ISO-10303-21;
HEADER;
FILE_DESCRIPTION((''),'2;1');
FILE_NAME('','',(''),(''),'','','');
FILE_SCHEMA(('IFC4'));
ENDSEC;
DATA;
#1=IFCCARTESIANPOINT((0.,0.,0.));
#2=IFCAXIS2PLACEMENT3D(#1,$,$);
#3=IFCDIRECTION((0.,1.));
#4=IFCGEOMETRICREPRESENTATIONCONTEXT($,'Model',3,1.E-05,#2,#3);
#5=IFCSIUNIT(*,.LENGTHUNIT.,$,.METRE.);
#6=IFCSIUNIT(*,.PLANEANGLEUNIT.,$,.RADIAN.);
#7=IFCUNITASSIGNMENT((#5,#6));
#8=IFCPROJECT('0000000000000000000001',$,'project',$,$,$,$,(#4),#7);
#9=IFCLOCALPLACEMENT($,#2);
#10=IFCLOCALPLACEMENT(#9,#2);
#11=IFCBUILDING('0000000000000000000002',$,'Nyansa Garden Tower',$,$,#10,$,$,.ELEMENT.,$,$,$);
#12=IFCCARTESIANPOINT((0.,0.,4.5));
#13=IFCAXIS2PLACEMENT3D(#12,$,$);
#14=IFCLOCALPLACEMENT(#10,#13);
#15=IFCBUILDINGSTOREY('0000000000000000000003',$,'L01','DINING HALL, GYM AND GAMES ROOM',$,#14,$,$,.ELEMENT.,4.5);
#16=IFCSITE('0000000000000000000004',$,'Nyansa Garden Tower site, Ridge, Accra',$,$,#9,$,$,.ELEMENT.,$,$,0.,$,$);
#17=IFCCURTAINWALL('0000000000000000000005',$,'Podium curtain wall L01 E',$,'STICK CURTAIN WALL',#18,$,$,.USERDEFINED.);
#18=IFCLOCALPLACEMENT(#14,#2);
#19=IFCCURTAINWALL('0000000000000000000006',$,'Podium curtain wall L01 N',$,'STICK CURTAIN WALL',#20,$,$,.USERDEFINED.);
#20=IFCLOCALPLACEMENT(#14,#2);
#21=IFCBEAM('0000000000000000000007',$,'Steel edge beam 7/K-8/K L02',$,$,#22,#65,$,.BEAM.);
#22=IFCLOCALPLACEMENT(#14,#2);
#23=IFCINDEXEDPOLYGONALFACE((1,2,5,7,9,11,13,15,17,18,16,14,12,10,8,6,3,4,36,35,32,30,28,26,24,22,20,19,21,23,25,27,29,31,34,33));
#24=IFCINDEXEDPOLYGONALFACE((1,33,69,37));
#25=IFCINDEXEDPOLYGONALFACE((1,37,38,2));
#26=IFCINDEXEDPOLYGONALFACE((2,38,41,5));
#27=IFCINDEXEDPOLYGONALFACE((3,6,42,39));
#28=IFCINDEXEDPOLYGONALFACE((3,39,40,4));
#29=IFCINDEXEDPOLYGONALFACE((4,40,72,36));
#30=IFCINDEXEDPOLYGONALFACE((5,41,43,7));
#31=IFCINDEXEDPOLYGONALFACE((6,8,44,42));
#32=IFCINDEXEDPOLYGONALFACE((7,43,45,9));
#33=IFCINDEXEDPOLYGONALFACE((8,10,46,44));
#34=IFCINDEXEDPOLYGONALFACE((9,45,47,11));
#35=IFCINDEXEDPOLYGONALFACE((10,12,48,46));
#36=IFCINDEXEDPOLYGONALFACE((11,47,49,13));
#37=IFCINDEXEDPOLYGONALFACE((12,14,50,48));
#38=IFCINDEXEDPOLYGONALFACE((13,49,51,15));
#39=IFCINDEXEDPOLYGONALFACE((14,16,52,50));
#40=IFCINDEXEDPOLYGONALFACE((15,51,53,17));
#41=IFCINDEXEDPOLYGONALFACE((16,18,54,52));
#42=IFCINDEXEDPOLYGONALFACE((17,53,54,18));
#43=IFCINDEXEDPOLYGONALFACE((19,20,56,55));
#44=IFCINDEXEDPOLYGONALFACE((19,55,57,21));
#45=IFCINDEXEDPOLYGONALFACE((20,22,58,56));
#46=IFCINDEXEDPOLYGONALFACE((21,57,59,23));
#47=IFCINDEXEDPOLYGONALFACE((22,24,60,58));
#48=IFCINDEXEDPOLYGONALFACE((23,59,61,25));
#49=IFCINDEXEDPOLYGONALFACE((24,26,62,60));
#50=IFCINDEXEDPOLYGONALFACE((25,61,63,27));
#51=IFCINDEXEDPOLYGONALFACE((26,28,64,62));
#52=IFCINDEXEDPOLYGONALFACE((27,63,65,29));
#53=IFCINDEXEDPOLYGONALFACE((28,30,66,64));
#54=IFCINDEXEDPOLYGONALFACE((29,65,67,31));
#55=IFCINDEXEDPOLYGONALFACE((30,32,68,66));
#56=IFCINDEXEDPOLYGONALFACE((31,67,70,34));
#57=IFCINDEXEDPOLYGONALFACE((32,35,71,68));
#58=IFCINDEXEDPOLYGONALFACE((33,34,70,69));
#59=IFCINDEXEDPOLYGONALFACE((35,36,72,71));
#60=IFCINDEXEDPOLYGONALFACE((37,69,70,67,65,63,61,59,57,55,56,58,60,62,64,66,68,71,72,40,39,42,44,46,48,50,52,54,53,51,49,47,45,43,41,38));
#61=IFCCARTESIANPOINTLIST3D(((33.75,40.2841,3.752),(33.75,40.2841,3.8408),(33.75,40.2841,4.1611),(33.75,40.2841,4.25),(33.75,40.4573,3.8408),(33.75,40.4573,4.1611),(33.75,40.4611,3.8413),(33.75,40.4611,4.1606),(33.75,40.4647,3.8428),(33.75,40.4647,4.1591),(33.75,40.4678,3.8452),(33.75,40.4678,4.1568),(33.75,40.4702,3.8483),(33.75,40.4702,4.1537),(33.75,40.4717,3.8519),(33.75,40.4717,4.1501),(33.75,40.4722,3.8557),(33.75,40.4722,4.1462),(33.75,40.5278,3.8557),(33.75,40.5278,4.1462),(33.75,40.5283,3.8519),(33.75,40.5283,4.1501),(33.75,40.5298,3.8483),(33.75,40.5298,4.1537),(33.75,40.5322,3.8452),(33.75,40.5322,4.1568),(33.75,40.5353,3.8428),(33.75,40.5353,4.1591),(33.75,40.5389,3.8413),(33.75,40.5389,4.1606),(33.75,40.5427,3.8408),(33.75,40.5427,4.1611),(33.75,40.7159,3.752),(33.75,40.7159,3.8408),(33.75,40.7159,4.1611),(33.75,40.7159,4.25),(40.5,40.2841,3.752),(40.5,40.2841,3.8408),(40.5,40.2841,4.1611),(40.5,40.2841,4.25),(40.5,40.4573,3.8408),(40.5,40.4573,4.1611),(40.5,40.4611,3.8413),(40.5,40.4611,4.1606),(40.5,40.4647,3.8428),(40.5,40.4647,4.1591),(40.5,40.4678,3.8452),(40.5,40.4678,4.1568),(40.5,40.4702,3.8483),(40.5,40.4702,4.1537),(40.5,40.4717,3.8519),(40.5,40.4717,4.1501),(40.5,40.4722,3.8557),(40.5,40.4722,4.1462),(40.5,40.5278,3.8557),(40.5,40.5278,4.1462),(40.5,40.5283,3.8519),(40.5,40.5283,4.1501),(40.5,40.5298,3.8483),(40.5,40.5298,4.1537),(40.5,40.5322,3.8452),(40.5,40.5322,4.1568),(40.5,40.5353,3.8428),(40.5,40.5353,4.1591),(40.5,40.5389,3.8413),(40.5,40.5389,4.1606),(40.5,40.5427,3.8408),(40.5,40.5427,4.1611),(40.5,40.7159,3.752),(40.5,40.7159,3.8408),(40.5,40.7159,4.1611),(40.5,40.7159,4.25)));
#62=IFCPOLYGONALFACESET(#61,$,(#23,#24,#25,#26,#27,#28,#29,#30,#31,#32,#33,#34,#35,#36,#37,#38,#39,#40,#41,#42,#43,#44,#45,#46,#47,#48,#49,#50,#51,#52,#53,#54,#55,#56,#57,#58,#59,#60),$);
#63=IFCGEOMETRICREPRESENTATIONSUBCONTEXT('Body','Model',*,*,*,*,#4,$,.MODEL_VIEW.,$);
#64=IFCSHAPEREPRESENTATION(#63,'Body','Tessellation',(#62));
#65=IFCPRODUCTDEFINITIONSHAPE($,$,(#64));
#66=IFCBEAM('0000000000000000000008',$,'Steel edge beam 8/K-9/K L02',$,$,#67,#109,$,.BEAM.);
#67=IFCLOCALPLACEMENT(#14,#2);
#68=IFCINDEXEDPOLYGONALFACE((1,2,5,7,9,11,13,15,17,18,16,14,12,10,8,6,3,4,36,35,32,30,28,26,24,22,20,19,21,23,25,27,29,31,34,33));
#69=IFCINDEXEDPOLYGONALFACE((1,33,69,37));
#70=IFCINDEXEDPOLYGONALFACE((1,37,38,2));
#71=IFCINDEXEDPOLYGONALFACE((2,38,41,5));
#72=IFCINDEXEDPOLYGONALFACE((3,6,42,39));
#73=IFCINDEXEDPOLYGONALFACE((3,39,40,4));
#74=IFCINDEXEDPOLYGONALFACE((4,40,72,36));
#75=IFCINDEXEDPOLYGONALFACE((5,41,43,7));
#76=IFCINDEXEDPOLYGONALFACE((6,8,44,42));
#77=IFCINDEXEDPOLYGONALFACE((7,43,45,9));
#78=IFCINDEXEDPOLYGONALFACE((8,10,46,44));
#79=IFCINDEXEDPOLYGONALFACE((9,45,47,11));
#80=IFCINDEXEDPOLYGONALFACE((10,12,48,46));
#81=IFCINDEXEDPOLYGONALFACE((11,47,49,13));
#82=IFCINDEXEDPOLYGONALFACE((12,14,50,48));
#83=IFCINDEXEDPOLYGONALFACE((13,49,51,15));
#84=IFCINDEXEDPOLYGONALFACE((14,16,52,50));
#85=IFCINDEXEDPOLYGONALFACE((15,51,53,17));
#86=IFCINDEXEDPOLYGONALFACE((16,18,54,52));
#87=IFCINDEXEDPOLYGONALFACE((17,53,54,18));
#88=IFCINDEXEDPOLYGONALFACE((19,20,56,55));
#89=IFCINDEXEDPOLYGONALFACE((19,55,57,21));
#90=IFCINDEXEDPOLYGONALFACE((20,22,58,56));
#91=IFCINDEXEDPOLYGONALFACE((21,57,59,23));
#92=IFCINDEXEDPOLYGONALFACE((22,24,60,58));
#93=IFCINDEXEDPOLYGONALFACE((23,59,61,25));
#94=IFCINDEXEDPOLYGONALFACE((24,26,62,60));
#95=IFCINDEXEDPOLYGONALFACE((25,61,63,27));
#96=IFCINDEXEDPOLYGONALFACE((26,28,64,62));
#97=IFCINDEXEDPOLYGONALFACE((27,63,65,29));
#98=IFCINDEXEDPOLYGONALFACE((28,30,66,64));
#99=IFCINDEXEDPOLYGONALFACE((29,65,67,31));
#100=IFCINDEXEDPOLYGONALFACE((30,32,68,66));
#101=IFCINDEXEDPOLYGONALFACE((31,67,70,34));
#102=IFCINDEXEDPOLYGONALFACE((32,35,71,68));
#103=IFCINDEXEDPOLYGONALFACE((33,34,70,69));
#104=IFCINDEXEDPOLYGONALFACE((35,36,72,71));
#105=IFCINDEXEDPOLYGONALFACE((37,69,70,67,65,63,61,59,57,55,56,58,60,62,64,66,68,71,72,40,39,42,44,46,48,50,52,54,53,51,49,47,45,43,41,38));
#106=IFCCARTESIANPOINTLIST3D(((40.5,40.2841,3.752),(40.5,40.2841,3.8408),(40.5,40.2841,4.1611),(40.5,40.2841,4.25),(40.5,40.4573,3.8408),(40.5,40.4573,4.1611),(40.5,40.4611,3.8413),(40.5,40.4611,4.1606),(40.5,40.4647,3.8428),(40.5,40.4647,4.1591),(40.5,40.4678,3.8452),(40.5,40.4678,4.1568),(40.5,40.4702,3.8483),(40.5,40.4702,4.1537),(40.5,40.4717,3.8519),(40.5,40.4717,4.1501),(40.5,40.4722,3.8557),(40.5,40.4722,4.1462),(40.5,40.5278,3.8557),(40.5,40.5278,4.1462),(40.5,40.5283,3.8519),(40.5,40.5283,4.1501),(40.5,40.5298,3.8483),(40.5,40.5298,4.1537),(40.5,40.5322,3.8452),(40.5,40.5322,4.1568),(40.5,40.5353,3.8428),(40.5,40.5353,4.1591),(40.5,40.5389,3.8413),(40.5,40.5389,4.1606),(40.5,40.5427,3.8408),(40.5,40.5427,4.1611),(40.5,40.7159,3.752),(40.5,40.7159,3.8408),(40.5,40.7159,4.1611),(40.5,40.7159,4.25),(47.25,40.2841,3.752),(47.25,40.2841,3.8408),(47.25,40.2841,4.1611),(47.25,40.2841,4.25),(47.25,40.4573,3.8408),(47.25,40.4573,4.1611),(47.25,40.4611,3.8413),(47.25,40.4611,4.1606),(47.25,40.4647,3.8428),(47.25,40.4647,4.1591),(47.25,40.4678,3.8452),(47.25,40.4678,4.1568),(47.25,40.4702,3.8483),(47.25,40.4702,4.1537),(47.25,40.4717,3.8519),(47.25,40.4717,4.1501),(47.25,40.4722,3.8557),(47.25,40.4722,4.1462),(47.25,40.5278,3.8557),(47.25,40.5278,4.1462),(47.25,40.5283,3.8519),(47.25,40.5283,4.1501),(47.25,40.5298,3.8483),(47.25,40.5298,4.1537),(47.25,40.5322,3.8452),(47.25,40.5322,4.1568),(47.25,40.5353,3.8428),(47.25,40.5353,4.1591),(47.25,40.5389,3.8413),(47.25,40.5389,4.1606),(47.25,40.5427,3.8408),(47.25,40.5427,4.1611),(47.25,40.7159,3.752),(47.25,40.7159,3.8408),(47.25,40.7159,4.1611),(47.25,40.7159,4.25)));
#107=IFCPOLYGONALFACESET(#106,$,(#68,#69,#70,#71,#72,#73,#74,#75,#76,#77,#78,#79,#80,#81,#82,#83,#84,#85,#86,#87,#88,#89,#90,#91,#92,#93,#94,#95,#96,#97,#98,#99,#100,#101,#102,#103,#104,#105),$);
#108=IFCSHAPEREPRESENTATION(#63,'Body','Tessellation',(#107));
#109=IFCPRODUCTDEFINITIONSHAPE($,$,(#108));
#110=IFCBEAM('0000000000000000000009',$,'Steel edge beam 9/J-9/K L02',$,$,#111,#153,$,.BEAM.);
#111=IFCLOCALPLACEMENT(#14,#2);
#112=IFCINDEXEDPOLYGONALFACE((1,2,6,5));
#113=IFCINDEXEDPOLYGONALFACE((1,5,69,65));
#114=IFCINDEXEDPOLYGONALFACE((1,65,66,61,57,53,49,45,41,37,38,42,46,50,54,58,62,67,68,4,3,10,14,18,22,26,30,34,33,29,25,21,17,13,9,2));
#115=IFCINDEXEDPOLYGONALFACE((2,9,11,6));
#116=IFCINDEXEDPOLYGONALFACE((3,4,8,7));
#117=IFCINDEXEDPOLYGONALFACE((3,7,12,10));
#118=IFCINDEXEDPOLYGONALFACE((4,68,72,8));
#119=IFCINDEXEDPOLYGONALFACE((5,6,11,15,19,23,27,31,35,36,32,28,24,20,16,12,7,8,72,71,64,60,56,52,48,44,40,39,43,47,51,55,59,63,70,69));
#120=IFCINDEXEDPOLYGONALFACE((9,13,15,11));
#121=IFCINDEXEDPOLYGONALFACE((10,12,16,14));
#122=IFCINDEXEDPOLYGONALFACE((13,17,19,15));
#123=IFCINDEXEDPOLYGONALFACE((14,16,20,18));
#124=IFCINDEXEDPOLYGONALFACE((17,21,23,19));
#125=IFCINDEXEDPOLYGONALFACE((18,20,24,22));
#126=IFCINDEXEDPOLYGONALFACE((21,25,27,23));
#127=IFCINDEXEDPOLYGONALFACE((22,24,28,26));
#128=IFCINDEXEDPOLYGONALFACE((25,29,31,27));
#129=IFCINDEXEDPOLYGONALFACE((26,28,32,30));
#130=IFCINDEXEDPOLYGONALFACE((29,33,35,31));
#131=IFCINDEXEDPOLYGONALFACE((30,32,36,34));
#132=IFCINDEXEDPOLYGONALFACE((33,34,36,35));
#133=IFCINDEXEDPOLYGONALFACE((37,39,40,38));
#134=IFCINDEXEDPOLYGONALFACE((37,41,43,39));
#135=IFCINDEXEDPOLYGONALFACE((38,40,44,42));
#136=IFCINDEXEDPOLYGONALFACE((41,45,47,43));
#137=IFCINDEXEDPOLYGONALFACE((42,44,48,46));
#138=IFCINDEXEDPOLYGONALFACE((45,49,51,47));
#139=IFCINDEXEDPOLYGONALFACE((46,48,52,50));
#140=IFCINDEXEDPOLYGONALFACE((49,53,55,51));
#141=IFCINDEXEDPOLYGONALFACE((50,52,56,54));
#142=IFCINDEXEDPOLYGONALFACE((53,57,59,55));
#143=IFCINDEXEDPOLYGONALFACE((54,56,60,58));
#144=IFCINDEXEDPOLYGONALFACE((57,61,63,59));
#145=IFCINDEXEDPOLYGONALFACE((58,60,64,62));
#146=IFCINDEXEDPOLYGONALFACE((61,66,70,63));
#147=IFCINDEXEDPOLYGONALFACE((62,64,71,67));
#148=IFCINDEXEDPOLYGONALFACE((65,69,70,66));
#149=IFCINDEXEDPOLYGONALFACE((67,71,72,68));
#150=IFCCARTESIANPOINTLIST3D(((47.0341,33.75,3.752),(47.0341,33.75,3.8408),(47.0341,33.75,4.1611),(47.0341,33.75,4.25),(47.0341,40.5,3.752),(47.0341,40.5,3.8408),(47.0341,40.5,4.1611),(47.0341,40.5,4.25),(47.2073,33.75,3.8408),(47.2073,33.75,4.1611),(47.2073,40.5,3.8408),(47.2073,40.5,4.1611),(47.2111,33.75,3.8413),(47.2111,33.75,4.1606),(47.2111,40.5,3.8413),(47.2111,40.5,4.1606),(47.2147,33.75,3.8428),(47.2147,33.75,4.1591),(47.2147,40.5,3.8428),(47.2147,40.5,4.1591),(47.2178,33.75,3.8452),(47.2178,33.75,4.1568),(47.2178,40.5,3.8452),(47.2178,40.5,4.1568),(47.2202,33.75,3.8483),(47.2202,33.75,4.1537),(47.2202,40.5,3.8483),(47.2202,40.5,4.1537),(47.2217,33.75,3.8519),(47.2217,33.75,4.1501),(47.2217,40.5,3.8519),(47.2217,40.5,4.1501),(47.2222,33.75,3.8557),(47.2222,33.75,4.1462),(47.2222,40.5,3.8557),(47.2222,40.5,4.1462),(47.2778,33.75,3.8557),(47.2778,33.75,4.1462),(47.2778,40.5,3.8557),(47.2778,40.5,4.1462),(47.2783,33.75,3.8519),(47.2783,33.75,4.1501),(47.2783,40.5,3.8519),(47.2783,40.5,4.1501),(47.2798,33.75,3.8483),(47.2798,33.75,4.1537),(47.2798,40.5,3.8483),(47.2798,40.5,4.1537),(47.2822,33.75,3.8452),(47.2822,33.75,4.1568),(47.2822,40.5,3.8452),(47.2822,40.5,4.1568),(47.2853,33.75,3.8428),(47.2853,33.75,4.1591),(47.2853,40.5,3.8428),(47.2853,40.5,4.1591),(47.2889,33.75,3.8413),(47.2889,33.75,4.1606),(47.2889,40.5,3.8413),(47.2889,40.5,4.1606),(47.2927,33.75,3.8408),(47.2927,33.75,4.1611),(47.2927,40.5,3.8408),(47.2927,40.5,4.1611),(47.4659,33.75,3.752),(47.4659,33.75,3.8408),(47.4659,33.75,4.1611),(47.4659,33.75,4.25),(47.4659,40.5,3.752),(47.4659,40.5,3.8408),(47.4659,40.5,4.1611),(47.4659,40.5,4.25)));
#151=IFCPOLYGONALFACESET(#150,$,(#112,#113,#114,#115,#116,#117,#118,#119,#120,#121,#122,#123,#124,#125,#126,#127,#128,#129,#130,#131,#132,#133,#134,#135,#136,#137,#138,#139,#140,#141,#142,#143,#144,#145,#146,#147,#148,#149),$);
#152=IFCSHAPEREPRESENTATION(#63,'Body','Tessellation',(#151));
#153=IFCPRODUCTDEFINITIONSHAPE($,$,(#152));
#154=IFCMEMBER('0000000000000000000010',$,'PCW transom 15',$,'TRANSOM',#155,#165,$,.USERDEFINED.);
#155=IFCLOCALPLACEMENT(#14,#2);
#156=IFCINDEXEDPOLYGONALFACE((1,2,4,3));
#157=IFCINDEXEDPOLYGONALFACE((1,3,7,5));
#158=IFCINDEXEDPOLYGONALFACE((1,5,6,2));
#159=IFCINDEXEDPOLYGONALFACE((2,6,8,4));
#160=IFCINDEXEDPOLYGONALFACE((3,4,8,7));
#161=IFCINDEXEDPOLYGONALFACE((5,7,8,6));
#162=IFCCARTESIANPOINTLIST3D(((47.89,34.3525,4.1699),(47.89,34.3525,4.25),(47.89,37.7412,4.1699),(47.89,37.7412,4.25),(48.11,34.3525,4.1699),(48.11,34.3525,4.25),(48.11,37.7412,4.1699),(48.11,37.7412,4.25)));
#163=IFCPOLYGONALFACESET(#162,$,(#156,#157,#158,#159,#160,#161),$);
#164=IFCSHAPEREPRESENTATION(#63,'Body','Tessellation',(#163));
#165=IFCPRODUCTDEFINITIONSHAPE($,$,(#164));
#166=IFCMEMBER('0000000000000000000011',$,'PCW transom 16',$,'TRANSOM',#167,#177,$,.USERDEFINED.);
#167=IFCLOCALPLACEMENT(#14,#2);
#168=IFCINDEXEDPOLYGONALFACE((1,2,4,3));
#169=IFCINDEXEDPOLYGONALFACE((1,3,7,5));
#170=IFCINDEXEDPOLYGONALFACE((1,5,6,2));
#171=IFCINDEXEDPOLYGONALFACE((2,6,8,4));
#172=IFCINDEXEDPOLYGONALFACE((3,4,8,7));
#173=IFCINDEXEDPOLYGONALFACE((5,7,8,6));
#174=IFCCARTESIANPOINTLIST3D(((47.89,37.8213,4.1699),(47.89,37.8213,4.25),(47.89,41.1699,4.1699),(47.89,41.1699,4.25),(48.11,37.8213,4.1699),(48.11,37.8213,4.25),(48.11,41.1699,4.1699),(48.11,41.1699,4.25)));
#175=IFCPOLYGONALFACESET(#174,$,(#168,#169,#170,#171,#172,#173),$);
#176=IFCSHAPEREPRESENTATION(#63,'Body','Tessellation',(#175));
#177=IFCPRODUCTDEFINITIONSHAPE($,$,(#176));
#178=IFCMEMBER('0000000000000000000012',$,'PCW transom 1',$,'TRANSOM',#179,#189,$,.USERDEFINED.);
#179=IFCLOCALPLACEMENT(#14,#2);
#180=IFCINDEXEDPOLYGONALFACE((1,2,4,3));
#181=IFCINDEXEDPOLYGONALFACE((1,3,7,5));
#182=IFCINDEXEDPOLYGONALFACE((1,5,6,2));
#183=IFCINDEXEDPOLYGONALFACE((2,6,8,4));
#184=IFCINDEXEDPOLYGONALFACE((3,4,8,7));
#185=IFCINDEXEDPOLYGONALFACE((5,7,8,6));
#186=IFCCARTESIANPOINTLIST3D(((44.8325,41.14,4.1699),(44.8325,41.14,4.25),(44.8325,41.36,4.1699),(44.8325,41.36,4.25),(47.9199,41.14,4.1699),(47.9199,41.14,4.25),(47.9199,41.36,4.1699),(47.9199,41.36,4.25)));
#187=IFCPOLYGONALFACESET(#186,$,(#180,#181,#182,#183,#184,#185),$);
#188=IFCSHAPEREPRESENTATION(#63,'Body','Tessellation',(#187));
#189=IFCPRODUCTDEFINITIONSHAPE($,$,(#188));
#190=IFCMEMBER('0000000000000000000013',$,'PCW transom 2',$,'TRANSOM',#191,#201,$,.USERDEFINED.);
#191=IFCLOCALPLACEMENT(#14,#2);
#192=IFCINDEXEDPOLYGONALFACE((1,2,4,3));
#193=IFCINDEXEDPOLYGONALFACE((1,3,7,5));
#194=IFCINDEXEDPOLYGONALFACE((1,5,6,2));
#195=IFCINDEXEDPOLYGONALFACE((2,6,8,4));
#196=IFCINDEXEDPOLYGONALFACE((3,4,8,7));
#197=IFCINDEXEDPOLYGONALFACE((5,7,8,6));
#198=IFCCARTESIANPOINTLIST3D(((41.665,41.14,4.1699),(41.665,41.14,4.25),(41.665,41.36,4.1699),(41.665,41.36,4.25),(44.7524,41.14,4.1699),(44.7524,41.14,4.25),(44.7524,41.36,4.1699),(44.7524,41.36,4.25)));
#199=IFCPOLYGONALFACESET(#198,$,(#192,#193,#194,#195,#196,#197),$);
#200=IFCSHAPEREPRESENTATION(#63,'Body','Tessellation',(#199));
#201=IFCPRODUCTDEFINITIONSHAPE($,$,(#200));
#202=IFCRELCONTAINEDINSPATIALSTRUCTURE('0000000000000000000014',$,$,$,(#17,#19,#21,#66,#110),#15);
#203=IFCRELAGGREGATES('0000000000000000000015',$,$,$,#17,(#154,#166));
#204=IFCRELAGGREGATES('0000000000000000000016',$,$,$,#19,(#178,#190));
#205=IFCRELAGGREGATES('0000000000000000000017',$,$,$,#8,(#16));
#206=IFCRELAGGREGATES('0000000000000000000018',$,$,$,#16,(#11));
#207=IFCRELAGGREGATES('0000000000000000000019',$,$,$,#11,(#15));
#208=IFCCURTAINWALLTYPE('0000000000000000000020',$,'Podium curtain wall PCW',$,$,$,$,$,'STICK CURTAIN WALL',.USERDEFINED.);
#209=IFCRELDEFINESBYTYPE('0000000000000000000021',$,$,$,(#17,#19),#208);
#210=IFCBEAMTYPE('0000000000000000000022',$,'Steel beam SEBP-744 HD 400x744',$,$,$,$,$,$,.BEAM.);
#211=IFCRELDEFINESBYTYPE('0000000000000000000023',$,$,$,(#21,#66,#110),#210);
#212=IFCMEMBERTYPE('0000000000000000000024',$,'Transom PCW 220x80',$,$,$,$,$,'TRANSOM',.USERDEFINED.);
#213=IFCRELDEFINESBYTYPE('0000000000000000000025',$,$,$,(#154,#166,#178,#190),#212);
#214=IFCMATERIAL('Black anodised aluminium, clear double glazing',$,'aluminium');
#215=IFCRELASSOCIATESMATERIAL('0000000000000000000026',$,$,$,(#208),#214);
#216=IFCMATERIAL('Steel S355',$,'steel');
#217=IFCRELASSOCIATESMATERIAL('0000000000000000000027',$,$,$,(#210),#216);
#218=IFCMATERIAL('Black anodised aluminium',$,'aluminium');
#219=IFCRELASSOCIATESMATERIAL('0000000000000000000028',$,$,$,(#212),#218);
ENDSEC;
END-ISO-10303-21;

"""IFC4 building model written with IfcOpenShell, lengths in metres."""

from ifc_helpers import new_model, si_unit, direction, frame, origin, origin_2d, place, context, subcontext, project, spatial, rectangle, i_section, extrude, material, material_profile, profile_set, type_object, element, aggregate, save


model = new_model("IFC4")

# Units and contexts
model_context = context("Model", 3, precision=1e-05, world=origin(), true_north=direction((0.0, 1.0)))
body_context = subcontext(model_context, "Body", "Model", "MODEL_VIEW")
ifc_project = project(units=[si_unit("LENGTHUNIT", "METRE"), si_unit("PLANEANGLEUNIT", "RADIAN")], contexts=[model_context])

# Site, building, storey
site_placement = place(None, origin())
site = spatial("IfcSite", under=ifc_project, at=site_placement, Name="Nyansa Garden Tower site, Ridge, Accra", CompositionType="ELEMENT", RefElevation=0.0)
building_placement = place(site_placement, origin())
building = spatial("IfcBuilding", under=site, at=building_placement, Name="Nyansa Garden Tower", CompositionType="ELEMENT")
storey_placement = place(building_placement, frame((0.0, 0.0, 4.5)))
storey = spatial("IfcBuildingStorey", under=building, at=storey_placement, Name="L01", Description="DINING HALL, GYM AND GAMES ROOM", CompositionType="ELEMENT", Elevation=4.5)

# Curtain walls
ifc_material_1 = material(Name="Black anodised aluminium, clear double glazing", Category="aluminium")
curtain_wall_type = type_object("IfcCurtainWallType", Name="Podium curtain wall PCW", ElementType="STICK CURTAIN WALL", PredefinedType="USERDEFINED", material=ifc_material_1)
curtain_wall_1_placement = place(storey_placement, origin())
curtain_wall_1 = element("IfcCurtainWall", 1, at=curtain_wall_1_placement, inside=storey, type_object=curtain_wall_type, Name="Podium curtain wall L01 E", ObjectType="STICK CURTAIN WALL", PredefinedType="USERDEFINED")
curtain_wall_2_placement = place(storey_placement, origin())
curtain_wall_2 = element("IfcCurtainWall", 2, at=curtain_wall_2_placement, inside=storey, type_object=curtain_wall_type, Name="Podium curtain wall L01 N", ObjectType="STICK CURTAIN WALL", PredefinedType="USERDEFINED")

# Beams
ifc_material_2 = material(Name="Steel S355", Category="steel")
ifc_material_profile_1 = material_profile(ifc_material_2, i_section(OverallWidth=0.4319, OverallDepth=0.498, WebThickness=0.0557, FlangeThickness=0.0889, FilletRadius=0.0149, at=origin_2d()), Name="HD 400x744")
ifc_profile_set_1 = profile_set([ifc_material_profile_1], Name="Steel S355")
beam_type_1 = type_object("IfcBeamType", Name="Steel beam SEBP-744 HD 400x744", PredefinedType="BEAM", material=ifc_profile_set_1)
for number, where, z_axis, x_axis, name in (
    (3, (33.75, 40.5, 4.001), (1.0, 0.0, 0.0), (0.0, 1.0, 0.0), "Steel edge beam 7/K-8/K L02"),
    (4, (40.5, 40.5, 4.001), (1.0, 0.0, 0.0), (0.0, 1.0, 0.0), "Steel edge beam 8/K-9/K L02"),
    (5, (47.25, 33.75, 4.001), (0.0, 1.0, 0.0), (-1.0, 0.0, 0.0), "Steel edge beam 9/J-9/K L02"),
):
    element("IfcBeam", number, at=place(storey_placement, frame(where, z_axis=z_axis, x_axis=x_axis)), inside=storey, type_object=beam_type_1, Name=name, PredefinedType="BEAM", context=body_context, shape_type="SweptSolid", body=[
        extrude(i_section(OverallWidth=0.4319, OverallDepth=0.498, WebThickness=0.0557, FlangeThickness=0.0889, FilletRadius=0.0149, at=origin_2d()), origin(), (0.0, 0.0, 1.0), 6.75),
    ])

# Members
ifc_material_3 = material(Name="Black anodised aluminium", Category="aluminium")
ifc_material_profile_2 = material_profile(ifc_material_3, rectangle(XDim=0.22, YDim=0.0801, at=origin_2d()), Name="Transom 220x80")
ifc_profile_set_2 = profile_set([ifc_material_profile_2], Name="Black anodised aluminium")
member_type_1 = type_object("IfcMemberType", Name="Transom PCW 220x80", ElementType="TRANSOM", PredefinedType="USERDEFINED", material=ifc_profile_set_2)
member_1_placement = place(storey_placement, frame((48.0, 34.3525, 4.21), z_axis=(0.0, 1.0, 0.0), x_axis=(-1.0, 0.0, 0.0)))
member_1 = element("IfcMember", 6, at=member_1_placement, type_object=member_type_1, Name="PCW transom 15", ObjectType="TRANSOM", PredefinedType="USERDEFINED", context=body_context, shape_type="SweptSolid", body=[
    extrude(rectangle(XDim=0.22, YDim=0.0801, at=origin_2d()), origin(), (0.0, 0.0, 1.0), 3.3887),
])
member_2_placement = place(storey_placement, frame((48.0, 37.8213, 4.21), z_axis=(0.0, 1.0, 0.0), x_axis=(-1.0, 0.0, 0.0)))
member_2 = element("IfcMember", 7, at=member_2_placement, type_object=member_type_1, Name="PCW transom 16", ObjectType="TRANSOM", PredefinedType="USERDEFINED", context=body_context, shape_type="SweptSolid", body=[
    extrude(rectangle(XDim=0.22, YDim=0.0801, at=origin_2d()), origin(), (0.0, 0.0, 1.0), 3.3486),
])
member_3_placement = place(storey_placement, frame((47.9199, 41.25, 4.21), z_axis=(-1.0, 0.0, 0.0), x_axis=(0.0, -1.0, 0.0)))
member_3 = element("IfcMember", 8, at=member_3_placement, type_object=member_type_1, Name="PCW transom 1", ObjectType="TRANSOM", PredefinedType="USERDEFINED", context=body_context, shape_type="SweptSolid", body=[
    extrude(rectangle(XDim=0.22, YDim=0.0801, at=origin_2d()), origin(), (0.0, 0.0, 1.0), 3.0874),
])
member_4_placement = place(storey_placement, frame((44.7524, 41.25, 4.21), z_axis=(-1.0, 0.0, 0.0), x_axis=(0.0, -1.0, 0.0)))
member_4 = element("IfcMember", 9, at=member_4_placement, type_object=member_type_1, Name="PCW transom 2", ObjectType="TRANSOM", PredefinedType="USERDEFINED", context=body_context, shape_type="SweptSolid", body=[
    extrude(rectangle(XDim=0.22, YDim=0.0801, at=origin_2d()), origin(), (0.0, 0.0, 1.0), 3.0874),
])

aggregate(curtain_wall_1, [member_1, member_2])
aggregate(curtain_wall_2, [member_3, member_4])

save(model, "model.ifc")
